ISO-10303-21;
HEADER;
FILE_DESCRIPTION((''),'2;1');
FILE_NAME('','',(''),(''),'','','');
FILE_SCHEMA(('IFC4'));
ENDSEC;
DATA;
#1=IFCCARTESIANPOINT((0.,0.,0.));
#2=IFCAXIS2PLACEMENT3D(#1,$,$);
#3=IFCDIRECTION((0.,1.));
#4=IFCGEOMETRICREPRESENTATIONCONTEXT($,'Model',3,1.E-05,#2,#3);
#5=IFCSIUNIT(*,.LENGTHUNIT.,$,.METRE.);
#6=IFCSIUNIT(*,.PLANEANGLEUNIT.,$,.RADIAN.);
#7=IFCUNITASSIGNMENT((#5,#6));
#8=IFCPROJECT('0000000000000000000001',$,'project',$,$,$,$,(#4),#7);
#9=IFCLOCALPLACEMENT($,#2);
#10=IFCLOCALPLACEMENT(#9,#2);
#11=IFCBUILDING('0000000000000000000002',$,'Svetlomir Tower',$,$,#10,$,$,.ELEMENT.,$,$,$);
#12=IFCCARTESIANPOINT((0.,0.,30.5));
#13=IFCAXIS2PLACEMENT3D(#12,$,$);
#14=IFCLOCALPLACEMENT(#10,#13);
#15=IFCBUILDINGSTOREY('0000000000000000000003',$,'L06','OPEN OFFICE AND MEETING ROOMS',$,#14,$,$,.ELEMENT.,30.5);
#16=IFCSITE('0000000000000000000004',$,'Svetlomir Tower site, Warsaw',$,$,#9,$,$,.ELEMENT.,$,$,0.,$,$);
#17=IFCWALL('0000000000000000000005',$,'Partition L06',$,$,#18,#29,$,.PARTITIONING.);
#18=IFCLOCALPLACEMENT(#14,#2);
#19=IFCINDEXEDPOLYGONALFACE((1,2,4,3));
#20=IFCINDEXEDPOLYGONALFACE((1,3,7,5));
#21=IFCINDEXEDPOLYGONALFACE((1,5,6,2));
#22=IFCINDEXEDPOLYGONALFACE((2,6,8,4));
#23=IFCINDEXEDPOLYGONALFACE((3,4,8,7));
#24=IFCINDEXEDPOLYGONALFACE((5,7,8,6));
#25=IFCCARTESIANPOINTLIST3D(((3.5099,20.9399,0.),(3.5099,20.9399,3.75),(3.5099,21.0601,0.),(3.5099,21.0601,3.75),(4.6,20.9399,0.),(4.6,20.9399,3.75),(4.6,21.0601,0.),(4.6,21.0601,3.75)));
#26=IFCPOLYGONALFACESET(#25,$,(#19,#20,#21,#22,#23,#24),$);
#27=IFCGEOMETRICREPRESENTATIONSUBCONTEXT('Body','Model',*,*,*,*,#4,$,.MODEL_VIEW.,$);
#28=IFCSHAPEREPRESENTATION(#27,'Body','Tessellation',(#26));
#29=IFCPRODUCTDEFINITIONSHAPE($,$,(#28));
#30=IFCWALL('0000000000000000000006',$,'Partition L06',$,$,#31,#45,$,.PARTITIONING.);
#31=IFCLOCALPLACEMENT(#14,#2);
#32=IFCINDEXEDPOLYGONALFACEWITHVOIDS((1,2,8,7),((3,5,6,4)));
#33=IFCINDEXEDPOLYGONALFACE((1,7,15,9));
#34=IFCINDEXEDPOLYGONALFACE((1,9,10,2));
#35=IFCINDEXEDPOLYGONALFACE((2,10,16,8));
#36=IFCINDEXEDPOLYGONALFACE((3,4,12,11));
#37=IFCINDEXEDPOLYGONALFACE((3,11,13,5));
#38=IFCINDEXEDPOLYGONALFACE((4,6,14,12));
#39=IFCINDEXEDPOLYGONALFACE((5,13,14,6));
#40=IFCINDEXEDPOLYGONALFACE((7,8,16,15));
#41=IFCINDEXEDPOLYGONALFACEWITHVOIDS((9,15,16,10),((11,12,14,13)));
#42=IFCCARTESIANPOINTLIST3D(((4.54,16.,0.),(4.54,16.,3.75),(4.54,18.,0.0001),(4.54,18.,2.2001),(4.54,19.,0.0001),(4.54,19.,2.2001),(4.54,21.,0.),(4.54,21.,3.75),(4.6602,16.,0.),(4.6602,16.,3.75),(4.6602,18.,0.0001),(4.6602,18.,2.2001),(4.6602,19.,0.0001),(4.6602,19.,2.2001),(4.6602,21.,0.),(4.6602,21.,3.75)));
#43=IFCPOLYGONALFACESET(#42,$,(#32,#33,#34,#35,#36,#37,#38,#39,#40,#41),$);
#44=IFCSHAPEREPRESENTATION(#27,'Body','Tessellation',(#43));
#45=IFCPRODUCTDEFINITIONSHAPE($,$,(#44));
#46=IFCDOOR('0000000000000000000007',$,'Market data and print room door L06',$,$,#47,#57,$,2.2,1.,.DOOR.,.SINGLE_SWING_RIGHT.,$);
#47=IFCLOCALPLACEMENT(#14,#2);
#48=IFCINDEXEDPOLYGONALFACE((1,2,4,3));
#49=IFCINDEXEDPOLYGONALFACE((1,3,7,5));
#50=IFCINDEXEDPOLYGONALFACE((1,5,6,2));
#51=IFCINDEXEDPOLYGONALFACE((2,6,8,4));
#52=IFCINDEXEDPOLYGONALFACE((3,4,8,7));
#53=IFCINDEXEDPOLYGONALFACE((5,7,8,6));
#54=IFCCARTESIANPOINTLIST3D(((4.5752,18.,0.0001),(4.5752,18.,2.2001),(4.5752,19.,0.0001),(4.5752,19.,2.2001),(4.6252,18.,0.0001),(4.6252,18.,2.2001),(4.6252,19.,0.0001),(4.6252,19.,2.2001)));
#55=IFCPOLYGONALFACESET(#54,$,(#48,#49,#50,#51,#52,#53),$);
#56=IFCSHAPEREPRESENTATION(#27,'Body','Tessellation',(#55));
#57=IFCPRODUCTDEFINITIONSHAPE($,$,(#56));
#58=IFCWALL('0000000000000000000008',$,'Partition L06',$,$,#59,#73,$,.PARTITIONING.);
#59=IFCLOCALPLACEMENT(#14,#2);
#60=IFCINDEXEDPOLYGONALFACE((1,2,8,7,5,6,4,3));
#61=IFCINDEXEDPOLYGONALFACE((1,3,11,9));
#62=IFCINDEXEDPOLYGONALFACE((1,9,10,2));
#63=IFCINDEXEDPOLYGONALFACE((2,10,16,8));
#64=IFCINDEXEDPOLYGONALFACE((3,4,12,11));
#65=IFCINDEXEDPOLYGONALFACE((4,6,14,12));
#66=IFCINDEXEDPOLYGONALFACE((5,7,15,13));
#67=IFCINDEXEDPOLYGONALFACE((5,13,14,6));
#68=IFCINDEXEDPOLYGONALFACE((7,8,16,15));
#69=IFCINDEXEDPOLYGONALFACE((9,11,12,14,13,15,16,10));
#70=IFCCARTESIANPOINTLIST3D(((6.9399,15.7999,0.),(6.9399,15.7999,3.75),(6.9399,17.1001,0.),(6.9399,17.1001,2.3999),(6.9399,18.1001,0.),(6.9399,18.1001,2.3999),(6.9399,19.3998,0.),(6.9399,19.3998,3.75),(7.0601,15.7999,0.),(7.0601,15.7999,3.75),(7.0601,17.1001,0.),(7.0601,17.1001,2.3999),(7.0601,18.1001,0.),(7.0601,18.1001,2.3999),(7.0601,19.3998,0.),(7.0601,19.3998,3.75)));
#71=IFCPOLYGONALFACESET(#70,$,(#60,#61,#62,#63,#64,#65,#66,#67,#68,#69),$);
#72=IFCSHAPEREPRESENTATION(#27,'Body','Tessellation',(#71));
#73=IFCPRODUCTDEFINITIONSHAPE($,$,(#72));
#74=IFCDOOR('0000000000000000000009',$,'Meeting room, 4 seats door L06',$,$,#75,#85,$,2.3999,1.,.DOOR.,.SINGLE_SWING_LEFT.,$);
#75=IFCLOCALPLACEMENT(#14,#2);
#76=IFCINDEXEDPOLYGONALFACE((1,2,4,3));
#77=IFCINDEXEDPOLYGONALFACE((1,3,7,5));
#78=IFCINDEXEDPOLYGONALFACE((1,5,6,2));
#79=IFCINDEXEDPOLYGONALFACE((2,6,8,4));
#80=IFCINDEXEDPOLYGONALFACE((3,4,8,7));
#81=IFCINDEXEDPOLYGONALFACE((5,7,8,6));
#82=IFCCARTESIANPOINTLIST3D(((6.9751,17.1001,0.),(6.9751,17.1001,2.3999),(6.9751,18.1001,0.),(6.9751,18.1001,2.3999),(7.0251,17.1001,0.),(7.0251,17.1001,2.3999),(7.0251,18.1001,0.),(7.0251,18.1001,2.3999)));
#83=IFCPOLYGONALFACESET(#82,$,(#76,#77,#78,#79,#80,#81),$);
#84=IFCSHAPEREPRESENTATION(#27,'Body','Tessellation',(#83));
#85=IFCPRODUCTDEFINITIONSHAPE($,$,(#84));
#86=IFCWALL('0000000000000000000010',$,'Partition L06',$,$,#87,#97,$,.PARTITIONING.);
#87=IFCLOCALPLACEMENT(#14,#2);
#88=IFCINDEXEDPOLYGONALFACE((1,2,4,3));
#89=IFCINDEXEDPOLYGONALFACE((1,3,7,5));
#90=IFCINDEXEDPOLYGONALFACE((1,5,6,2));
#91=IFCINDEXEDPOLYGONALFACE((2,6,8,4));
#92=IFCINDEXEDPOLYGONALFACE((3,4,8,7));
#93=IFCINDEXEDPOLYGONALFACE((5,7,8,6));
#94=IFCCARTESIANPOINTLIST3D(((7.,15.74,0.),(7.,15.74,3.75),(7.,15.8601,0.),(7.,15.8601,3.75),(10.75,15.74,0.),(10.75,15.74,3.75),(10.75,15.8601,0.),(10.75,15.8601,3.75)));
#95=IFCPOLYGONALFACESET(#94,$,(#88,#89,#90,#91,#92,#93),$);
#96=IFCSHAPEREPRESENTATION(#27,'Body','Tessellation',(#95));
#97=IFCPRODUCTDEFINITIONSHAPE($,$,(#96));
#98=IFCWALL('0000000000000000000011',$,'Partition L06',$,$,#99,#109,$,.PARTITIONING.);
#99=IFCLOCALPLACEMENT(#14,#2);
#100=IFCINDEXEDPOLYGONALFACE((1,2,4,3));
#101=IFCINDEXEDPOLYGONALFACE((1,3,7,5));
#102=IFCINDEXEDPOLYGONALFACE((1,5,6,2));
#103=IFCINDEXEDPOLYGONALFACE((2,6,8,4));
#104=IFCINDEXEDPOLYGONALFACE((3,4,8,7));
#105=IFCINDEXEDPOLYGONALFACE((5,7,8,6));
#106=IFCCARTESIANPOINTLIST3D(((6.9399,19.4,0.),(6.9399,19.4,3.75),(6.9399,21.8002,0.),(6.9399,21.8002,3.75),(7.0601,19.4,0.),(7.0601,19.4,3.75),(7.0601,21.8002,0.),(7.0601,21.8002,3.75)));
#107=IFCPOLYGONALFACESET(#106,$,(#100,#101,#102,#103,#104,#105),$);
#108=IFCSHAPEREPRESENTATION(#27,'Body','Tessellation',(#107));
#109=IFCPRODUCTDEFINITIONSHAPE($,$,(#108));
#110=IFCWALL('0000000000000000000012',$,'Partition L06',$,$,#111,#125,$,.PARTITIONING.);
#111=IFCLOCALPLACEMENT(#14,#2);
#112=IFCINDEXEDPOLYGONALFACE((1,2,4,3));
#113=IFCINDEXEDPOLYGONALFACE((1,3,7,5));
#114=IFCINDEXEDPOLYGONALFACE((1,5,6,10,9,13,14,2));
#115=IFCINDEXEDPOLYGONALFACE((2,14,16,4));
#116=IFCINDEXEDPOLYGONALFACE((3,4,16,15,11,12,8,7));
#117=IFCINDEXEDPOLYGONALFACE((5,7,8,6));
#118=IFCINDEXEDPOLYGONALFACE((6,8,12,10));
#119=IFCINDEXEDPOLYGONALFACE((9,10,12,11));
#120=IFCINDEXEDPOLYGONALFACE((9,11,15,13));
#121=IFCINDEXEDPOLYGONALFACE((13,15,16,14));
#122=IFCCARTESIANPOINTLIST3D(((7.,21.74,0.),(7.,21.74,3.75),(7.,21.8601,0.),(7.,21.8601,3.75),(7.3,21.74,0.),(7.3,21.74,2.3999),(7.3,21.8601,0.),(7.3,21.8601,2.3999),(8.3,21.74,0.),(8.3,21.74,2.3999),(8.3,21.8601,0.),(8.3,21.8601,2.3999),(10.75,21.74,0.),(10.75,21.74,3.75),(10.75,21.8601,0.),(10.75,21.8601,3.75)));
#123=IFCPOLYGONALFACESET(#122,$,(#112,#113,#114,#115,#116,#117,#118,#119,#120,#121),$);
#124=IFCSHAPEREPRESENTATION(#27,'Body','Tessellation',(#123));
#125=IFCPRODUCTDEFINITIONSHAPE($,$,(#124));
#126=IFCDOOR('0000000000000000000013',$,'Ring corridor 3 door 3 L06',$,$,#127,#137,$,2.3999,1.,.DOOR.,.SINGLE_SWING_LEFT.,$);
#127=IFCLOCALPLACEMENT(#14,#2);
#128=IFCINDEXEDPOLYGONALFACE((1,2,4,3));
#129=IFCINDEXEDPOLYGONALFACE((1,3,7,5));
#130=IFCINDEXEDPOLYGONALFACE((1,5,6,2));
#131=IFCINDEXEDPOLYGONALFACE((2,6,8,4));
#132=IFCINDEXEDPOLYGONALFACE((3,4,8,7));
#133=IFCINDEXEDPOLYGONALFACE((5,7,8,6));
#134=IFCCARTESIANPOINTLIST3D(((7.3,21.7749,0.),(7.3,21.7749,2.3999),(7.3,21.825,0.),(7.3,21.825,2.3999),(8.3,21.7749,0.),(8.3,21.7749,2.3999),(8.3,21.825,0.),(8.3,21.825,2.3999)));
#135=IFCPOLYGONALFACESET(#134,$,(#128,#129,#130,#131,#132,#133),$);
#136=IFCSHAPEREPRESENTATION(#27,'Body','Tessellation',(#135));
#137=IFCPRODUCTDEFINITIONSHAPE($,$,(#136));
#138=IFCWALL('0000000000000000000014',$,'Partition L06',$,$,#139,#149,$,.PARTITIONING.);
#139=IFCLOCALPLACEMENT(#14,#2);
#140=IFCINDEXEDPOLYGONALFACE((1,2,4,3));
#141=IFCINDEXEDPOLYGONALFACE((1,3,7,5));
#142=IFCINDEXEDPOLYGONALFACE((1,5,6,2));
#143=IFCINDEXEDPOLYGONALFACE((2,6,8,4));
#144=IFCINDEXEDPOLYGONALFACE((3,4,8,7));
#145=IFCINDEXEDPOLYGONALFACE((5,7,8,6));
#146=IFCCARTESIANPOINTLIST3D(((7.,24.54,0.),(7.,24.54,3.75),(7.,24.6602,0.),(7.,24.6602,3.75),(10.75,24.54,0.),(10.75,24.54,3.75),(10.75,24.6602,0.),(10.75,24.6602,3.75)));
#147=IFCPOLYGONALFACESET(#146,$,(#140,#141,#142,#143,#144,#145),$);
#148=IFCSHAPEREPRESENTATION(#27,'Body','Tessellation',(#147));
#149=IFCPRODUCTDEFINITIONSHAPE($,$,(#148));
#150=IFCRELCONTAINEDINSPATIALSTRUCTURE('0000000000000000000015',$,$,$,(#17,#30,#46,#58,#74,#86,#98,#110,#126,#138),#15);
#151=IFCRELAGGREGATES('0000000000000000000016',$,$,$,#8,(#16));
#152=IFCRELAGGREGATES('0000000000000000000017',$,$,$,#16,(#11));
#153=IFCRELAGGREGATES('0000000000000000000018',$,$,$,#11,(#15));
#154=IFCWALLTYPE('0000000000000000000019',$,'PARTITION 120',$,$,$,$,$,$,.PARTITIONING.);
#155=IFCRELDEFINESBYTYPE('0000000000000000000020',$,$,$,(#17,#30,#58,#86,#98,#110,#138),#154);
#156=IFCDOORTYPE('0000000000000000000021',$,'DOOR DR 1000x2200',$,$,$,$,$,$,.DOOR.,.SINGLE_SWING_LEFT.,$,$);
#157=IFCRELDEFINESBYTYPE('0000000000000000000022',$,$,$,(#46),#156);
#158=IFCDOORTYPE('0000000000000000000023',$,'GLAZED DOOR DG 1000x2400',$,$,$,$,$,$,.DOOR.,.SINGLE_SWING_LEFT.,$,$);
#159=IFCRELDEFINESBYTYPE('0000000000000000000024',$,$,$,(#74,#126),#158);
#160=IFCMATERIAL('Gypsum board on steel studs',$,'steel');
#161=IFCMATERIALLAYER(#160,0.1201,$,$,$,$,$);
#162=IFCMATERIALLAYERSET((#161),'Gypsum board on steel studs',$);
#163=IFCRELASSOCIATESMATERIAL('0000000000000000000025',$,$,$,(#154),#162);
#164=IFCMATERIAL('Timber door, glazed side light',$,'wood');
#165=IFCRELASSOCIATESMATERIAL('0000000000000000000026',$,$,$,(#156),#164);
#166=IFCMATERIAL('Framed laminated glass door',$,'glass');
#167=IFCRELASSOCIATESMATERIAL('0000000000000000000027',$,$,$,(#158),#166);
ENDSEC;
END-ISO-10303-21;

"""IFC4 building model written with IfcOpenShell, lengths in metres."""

from ifc_helpers import new_model, si_unit, direction, frame, frame_2d, origin, place, context, subcontext, project, spatial, rectangle, extrude, material, layer, layer_set, type_object, element, fill, save


model = new_model("IFC4")

# Units and contexts
model_context = context("Model", 3, precision=1e-05, world=origin(), true_north=direction((0.0, 1.0)))
body_context = subcontext(model_context, "Body", "Model", "MODEL_VIEW")
ifc_project = project(units=[si_unit("LENGTHUNIT", "METRE"), si_unit("PLANEANGLEUNIT", "RADIAN")], contexts=[model_context])

# Site, building, storey
site_placement = place(None, origin())
site = spatial("IfcSite", under=ifc_project, at=site_placement, Name="Svetlomir Tower site, Warsaw", CompositionType="ELEMENT", RefElevation=0.0)
building_placement = place(site_placement, origin())
building = spatial("IfcBuilding", under=site, at=building_placement, Name="Svetlomir Tower", CompositionType="ELEMENT")
storey_placement = place(building_placement, frame((0.0, 0.0, 30.5)))
storey = spatial("IfcBuildingStorey", under=building, at=storey_placement, Name="L06", Description="OPEN OFFICE AND MEETING ROOMS", CompositionType="ELEMENT", Elevation=30.5)

# Wall
ifc_material_1 = material(Name="Gypsum board on steel studs", Category="steel")
ifc_layer_1 = layer(ifc_material_1, 0.1201)
ifc_layer_set_1 = layer_set([ifc_layer_1], Name="Gypsum board on steel studs")
wall_type_1 = type_object("IfcWallType", Name="PARTITION 120", PredefinedType="PARTITIONING", material=ifc_layer_set_1)
wall_1_placement = place(storey_placement, frame((3.51, 21.0, 0.0), z_axis=(0.0, 0.0, 1.0), x_axis=(1.0, 0.0, 0.0)))
element("IfcWall", 1, at=wall_1_placement, inside=storey, type_object=wall_type_1, Name="Partition L06", PredefinedType="PARTITIONING", context=body_context, shape_type="SweptSolid", body=[
    extrude(rectangle(XDim=1.0901, YDim=0.1201, at=frame_2d((0.5449, 0.0))), origin(), (0.0, 0.0, 1.0), 3.75),
])

# Walls, openings, doors
wall_2_placement = place(storey_placement, frame((4.6001, 16.0, 0.0), z_axis=(0.0, 0.0, 1.0), x_axis=(0.0, 1.0, 0.0)))
wall_2 = element("IfcWall", 2, at=wall_2_placement, inside=storey, type_object=wall_type_1, Name="Partition L06", PredefinedType="PARTITIONING", context=body_context, shape_type="SweptSolid", body=[
    extrude(rectangle(XDim=5.0, YDim=0.1201, at=frame_2d((2.5, 0.0))), origin(), (0.0, 0.0, 1.0), 3.75),
])
opening_1_placement = place(wall_2_placement, frame((2.0, 0.0, 0.0)))
opening_1 = element("IfcOpeningElement", 3, at=opening_1_placement, cuts=wall_2, PredefinedType="OPENING", context=body_context, shape_type="SweptSolid", body=[
    extrude(rectangle(XDim=1.0, YDim=2.2, at=frame_2d((0.5, 1.1001))), frame((0.0, 0.0701, 0.0), z_axis=(0.0, -1.0, 0.0), x_axis=(1.0, 0.0, 0.0)), (0.0, 0.0, 1.0), 0.1401),
])
ifc_material_2 = material(Name="Timber door, glazed side light", Category="wood")
door_type_1 = type_object("IfcDoorType", Name="DOOR DR 1000x2200", OperationType="SINGLE_SWING_LEFT", PredefinedType="DOOR", material=ifc_material_2)
door_1_placement = place(opening_1_placement, origin())
door_1 = element("IfcDoor", 4, at=door_1_placement, inside=storey, type_object=door_type_1, Name="Market data and print room door L06", OperationType="SINGLE_SWING_RIGHT", OverallHeight=2.2, OverallWidth=1.0, PredefinedType="DOOR", context=body_context, shape_type="SweptSolid", body=[
    extrude(rectangle(XDim=1.0, YDim=2.2, at=frame_2d((0.5, 1.1001))), frame((0.0, 0.0249, 0.0), z_axis=(0.0, -1.0, 0.0), x_axis=(1.0, 0.0, 0.0)), (0.0, 0.0, 1.0), 0.05),
])
fill(opening_1, door_1)
wall_3_placement = place(storey_placement, frame((7.0, 15.8, 0.0), z_axis=(0.0, 0.0, 1.0), x_axis=(0.0, 1.0, 0.0)))
wall_3 = element("IfcWall", 5, at=wall_3_placement, inside=storey, type_object=wall_type_1, Name="Partition L06", PredefinedType="PARTITIONING", context=body_context, shape_type="SweptSolid", body=[
    extrude(rectangle(XDim=3.5999, YDim=0.1201, at=frame_2d((1.7998, 0.0))), origin(), (0.0, 0.0, 1.0), 3.75),
])
opening_2_placement = place(wall_3_placement, frame((1.3, 0.0, 0.0)))
opening_2 = element("IfcOpeningElement", 6, at=opening_2_placement, cuts=wall_3, PredefinedType="OPENING", context=body_context, shape_type="SweptSolid", body=[
    extrude(rectangle(XDim=1.0, YDim=2.3999, at=frame_2d((0.5, 1.2))), frame((0.0, 0.0701, 0.0), z_axis=(0.0, -1.0, 0.0), x_axis=(1.0, 0.0, 0.0)), (0.0, 0.0, 1.0), 0.1401),
])
ifc_material_3 = material(Name="Framed laminated glass door", Category="glass")
door_type_2 = type_object("IfcDoorType", Name="GLAZED DOOR DG 1000x2400", OperationType="SINGLE_SWING_LEFT", PredefinedType="DOOR", material=ifc_material_3)
door_2_placement = place(opening_2_placement, origin())
door_2 = element("IfcDoor", 7, at=door_2_placement, inside=storey, type_object=door_type_2, Name="Meeting room, 4 seats door L06", OperationType="SINGLE_SWING_LEFT", OverallHeight=2.3999, OverallWidth=1.0, PredefinedType="DOOR", context=body_context, shape_type="SweptSolid", body=[
    extrude(rectangle(XDim=1.0, YDim=2.3999, at=frame_2d((0.5, 1.2))), frame((0.0, 0.0249, 0.0), z_axis=(0.0, -1.0, 0.0), x_axis=(1.0, 0.0, 0.0)), (0.0, 0.0, 1.0), 0.05),
])
fill(opening_2, door_2)

# Walls
wall_4_placement = place(storey_placement, frame((7.0, 15.8, 0.0), z_axis=(0.0, 0.0, 1.0), x_axis=(1.0, 0.0, 0.0)))
element("IfcWall", 8, at=wall_4_placement, inside=storey, type_object=wall_type_1, Name="Partition L06", PredefinedType="PARTITIONING", context=body_context, shape_type="SweptSolid", body=[
    extrude(rectangle(XDim=3.75, YDim=0.1201, at=frame_2d((1.875, 0.0))), origin(), (0.0, 0.0, 1.0), 3.75),
])
wall_5_placement = place(storey_placement, frame((7.0, 19.3999, 0.0), z_axis=(0.0, 0.0, 1.0), x_axis=(0.0, 1.0, 0.0)))
element("IfcWall", 9, at=wall_5_placement, inside=storey, type_object=wall_type_1, Name="Partition L06", PredefinedType="PARTITIONING", context=body_context, shape_type="SweptSolid", body=[
    extrude(rectangle(XDim=2.4001, YDim=0.1201, at=frame_2d((1.2002, 0.0))), origin(), (0.0, 0.0, 1.0), 3.75),
])

# Wall, opening, door
wall_6_placement = place(storey_placement, frame((7.0, 21.8, 0.0), z_axis=(0.0, 0.0, 1.0), x_axis=(1.0, 0.0, 0.0)))
wall_6 = element("IfcWall", 10, at=wall_6_placement, inside=storey, type_object=wall_type_1, Name="Partition L06", PredefinedType="PARTITIONING", context=body_context, shape_type="SweptSolid", body=[
    extrude(rectangle(XDim=3.75, YDim=0.1201, at=frame_2d((1.875, 0.0))), origin(), (0.0, 0.0, 1.0), 3.75),
])
opening_3_placement = place(wall_6_placement, frame((0.3, 0.0, 0.0)))
opening_3 = element("IfcOpeningElement", 11, at=opening_3_placement, cuts=wall_6, PredefinedType="OPENING", context=body_context, shape_type="SweptSolid", body=[
    extrude(rectangle(XDim=1.0, YDim=2.3999, at=frame_2d((0.5, 1.2))), frame((0.0, 0.0701, 0.0), z_axis=(0.0, -1.0, 0.0), x_axis=(1.0, 0.0, 0.0)), (0.0, 0.0, 1.0), 0.1401),
])
door_3_placement = place(opening_3_placement, origin())
door_3 = element("IfcDoor", 12, at=door_3_placement, inside=storey, type_object=door_type_2, Name="Ring corridor 3 door 3 L06", OperationType="SINGLE_SWING_LEFT", OverallHeight=2.3999, OverallWidth=1.0, PredefinedType="DOOR", context=body_context, shape_type="SweptSolid", body=[
    extrude(rectangle(XDim=1.0, YDim=2.3999, at=frame_2d((0.5, 1.2))), frame((0.0, 0.0249, 0.0), z_axis=(0.0, -1.0, 0.0), x_axis=(1.0, 0.0, 0.0)), (0.0, 0.0, 1.0), 0.05),
])
fill(opening_3, door_3)

# Wall
wall_7_placement = place(storey_placement, frame((7.0, 24.6001, 0.0), z_axis=(0.0, 0.0, 1.0), x_axis=(1.0, 0.0, 0.0)))
element("IfcWall", 13, at=wall_7_placement, inside=storey, type_object=wall_type_1, Name="Partition L06", PredefinedType="PARTITIONING", context=body_context, shape_type="SweptSolid", body=[
    extrude(rectangle(XDim=3.75, YDim=0.1201, at=frame_2d((1.875, 0.0))), origin(), (0.0, 0.0, 1.0), 3.75),
])

save(model, "model.ifc")
